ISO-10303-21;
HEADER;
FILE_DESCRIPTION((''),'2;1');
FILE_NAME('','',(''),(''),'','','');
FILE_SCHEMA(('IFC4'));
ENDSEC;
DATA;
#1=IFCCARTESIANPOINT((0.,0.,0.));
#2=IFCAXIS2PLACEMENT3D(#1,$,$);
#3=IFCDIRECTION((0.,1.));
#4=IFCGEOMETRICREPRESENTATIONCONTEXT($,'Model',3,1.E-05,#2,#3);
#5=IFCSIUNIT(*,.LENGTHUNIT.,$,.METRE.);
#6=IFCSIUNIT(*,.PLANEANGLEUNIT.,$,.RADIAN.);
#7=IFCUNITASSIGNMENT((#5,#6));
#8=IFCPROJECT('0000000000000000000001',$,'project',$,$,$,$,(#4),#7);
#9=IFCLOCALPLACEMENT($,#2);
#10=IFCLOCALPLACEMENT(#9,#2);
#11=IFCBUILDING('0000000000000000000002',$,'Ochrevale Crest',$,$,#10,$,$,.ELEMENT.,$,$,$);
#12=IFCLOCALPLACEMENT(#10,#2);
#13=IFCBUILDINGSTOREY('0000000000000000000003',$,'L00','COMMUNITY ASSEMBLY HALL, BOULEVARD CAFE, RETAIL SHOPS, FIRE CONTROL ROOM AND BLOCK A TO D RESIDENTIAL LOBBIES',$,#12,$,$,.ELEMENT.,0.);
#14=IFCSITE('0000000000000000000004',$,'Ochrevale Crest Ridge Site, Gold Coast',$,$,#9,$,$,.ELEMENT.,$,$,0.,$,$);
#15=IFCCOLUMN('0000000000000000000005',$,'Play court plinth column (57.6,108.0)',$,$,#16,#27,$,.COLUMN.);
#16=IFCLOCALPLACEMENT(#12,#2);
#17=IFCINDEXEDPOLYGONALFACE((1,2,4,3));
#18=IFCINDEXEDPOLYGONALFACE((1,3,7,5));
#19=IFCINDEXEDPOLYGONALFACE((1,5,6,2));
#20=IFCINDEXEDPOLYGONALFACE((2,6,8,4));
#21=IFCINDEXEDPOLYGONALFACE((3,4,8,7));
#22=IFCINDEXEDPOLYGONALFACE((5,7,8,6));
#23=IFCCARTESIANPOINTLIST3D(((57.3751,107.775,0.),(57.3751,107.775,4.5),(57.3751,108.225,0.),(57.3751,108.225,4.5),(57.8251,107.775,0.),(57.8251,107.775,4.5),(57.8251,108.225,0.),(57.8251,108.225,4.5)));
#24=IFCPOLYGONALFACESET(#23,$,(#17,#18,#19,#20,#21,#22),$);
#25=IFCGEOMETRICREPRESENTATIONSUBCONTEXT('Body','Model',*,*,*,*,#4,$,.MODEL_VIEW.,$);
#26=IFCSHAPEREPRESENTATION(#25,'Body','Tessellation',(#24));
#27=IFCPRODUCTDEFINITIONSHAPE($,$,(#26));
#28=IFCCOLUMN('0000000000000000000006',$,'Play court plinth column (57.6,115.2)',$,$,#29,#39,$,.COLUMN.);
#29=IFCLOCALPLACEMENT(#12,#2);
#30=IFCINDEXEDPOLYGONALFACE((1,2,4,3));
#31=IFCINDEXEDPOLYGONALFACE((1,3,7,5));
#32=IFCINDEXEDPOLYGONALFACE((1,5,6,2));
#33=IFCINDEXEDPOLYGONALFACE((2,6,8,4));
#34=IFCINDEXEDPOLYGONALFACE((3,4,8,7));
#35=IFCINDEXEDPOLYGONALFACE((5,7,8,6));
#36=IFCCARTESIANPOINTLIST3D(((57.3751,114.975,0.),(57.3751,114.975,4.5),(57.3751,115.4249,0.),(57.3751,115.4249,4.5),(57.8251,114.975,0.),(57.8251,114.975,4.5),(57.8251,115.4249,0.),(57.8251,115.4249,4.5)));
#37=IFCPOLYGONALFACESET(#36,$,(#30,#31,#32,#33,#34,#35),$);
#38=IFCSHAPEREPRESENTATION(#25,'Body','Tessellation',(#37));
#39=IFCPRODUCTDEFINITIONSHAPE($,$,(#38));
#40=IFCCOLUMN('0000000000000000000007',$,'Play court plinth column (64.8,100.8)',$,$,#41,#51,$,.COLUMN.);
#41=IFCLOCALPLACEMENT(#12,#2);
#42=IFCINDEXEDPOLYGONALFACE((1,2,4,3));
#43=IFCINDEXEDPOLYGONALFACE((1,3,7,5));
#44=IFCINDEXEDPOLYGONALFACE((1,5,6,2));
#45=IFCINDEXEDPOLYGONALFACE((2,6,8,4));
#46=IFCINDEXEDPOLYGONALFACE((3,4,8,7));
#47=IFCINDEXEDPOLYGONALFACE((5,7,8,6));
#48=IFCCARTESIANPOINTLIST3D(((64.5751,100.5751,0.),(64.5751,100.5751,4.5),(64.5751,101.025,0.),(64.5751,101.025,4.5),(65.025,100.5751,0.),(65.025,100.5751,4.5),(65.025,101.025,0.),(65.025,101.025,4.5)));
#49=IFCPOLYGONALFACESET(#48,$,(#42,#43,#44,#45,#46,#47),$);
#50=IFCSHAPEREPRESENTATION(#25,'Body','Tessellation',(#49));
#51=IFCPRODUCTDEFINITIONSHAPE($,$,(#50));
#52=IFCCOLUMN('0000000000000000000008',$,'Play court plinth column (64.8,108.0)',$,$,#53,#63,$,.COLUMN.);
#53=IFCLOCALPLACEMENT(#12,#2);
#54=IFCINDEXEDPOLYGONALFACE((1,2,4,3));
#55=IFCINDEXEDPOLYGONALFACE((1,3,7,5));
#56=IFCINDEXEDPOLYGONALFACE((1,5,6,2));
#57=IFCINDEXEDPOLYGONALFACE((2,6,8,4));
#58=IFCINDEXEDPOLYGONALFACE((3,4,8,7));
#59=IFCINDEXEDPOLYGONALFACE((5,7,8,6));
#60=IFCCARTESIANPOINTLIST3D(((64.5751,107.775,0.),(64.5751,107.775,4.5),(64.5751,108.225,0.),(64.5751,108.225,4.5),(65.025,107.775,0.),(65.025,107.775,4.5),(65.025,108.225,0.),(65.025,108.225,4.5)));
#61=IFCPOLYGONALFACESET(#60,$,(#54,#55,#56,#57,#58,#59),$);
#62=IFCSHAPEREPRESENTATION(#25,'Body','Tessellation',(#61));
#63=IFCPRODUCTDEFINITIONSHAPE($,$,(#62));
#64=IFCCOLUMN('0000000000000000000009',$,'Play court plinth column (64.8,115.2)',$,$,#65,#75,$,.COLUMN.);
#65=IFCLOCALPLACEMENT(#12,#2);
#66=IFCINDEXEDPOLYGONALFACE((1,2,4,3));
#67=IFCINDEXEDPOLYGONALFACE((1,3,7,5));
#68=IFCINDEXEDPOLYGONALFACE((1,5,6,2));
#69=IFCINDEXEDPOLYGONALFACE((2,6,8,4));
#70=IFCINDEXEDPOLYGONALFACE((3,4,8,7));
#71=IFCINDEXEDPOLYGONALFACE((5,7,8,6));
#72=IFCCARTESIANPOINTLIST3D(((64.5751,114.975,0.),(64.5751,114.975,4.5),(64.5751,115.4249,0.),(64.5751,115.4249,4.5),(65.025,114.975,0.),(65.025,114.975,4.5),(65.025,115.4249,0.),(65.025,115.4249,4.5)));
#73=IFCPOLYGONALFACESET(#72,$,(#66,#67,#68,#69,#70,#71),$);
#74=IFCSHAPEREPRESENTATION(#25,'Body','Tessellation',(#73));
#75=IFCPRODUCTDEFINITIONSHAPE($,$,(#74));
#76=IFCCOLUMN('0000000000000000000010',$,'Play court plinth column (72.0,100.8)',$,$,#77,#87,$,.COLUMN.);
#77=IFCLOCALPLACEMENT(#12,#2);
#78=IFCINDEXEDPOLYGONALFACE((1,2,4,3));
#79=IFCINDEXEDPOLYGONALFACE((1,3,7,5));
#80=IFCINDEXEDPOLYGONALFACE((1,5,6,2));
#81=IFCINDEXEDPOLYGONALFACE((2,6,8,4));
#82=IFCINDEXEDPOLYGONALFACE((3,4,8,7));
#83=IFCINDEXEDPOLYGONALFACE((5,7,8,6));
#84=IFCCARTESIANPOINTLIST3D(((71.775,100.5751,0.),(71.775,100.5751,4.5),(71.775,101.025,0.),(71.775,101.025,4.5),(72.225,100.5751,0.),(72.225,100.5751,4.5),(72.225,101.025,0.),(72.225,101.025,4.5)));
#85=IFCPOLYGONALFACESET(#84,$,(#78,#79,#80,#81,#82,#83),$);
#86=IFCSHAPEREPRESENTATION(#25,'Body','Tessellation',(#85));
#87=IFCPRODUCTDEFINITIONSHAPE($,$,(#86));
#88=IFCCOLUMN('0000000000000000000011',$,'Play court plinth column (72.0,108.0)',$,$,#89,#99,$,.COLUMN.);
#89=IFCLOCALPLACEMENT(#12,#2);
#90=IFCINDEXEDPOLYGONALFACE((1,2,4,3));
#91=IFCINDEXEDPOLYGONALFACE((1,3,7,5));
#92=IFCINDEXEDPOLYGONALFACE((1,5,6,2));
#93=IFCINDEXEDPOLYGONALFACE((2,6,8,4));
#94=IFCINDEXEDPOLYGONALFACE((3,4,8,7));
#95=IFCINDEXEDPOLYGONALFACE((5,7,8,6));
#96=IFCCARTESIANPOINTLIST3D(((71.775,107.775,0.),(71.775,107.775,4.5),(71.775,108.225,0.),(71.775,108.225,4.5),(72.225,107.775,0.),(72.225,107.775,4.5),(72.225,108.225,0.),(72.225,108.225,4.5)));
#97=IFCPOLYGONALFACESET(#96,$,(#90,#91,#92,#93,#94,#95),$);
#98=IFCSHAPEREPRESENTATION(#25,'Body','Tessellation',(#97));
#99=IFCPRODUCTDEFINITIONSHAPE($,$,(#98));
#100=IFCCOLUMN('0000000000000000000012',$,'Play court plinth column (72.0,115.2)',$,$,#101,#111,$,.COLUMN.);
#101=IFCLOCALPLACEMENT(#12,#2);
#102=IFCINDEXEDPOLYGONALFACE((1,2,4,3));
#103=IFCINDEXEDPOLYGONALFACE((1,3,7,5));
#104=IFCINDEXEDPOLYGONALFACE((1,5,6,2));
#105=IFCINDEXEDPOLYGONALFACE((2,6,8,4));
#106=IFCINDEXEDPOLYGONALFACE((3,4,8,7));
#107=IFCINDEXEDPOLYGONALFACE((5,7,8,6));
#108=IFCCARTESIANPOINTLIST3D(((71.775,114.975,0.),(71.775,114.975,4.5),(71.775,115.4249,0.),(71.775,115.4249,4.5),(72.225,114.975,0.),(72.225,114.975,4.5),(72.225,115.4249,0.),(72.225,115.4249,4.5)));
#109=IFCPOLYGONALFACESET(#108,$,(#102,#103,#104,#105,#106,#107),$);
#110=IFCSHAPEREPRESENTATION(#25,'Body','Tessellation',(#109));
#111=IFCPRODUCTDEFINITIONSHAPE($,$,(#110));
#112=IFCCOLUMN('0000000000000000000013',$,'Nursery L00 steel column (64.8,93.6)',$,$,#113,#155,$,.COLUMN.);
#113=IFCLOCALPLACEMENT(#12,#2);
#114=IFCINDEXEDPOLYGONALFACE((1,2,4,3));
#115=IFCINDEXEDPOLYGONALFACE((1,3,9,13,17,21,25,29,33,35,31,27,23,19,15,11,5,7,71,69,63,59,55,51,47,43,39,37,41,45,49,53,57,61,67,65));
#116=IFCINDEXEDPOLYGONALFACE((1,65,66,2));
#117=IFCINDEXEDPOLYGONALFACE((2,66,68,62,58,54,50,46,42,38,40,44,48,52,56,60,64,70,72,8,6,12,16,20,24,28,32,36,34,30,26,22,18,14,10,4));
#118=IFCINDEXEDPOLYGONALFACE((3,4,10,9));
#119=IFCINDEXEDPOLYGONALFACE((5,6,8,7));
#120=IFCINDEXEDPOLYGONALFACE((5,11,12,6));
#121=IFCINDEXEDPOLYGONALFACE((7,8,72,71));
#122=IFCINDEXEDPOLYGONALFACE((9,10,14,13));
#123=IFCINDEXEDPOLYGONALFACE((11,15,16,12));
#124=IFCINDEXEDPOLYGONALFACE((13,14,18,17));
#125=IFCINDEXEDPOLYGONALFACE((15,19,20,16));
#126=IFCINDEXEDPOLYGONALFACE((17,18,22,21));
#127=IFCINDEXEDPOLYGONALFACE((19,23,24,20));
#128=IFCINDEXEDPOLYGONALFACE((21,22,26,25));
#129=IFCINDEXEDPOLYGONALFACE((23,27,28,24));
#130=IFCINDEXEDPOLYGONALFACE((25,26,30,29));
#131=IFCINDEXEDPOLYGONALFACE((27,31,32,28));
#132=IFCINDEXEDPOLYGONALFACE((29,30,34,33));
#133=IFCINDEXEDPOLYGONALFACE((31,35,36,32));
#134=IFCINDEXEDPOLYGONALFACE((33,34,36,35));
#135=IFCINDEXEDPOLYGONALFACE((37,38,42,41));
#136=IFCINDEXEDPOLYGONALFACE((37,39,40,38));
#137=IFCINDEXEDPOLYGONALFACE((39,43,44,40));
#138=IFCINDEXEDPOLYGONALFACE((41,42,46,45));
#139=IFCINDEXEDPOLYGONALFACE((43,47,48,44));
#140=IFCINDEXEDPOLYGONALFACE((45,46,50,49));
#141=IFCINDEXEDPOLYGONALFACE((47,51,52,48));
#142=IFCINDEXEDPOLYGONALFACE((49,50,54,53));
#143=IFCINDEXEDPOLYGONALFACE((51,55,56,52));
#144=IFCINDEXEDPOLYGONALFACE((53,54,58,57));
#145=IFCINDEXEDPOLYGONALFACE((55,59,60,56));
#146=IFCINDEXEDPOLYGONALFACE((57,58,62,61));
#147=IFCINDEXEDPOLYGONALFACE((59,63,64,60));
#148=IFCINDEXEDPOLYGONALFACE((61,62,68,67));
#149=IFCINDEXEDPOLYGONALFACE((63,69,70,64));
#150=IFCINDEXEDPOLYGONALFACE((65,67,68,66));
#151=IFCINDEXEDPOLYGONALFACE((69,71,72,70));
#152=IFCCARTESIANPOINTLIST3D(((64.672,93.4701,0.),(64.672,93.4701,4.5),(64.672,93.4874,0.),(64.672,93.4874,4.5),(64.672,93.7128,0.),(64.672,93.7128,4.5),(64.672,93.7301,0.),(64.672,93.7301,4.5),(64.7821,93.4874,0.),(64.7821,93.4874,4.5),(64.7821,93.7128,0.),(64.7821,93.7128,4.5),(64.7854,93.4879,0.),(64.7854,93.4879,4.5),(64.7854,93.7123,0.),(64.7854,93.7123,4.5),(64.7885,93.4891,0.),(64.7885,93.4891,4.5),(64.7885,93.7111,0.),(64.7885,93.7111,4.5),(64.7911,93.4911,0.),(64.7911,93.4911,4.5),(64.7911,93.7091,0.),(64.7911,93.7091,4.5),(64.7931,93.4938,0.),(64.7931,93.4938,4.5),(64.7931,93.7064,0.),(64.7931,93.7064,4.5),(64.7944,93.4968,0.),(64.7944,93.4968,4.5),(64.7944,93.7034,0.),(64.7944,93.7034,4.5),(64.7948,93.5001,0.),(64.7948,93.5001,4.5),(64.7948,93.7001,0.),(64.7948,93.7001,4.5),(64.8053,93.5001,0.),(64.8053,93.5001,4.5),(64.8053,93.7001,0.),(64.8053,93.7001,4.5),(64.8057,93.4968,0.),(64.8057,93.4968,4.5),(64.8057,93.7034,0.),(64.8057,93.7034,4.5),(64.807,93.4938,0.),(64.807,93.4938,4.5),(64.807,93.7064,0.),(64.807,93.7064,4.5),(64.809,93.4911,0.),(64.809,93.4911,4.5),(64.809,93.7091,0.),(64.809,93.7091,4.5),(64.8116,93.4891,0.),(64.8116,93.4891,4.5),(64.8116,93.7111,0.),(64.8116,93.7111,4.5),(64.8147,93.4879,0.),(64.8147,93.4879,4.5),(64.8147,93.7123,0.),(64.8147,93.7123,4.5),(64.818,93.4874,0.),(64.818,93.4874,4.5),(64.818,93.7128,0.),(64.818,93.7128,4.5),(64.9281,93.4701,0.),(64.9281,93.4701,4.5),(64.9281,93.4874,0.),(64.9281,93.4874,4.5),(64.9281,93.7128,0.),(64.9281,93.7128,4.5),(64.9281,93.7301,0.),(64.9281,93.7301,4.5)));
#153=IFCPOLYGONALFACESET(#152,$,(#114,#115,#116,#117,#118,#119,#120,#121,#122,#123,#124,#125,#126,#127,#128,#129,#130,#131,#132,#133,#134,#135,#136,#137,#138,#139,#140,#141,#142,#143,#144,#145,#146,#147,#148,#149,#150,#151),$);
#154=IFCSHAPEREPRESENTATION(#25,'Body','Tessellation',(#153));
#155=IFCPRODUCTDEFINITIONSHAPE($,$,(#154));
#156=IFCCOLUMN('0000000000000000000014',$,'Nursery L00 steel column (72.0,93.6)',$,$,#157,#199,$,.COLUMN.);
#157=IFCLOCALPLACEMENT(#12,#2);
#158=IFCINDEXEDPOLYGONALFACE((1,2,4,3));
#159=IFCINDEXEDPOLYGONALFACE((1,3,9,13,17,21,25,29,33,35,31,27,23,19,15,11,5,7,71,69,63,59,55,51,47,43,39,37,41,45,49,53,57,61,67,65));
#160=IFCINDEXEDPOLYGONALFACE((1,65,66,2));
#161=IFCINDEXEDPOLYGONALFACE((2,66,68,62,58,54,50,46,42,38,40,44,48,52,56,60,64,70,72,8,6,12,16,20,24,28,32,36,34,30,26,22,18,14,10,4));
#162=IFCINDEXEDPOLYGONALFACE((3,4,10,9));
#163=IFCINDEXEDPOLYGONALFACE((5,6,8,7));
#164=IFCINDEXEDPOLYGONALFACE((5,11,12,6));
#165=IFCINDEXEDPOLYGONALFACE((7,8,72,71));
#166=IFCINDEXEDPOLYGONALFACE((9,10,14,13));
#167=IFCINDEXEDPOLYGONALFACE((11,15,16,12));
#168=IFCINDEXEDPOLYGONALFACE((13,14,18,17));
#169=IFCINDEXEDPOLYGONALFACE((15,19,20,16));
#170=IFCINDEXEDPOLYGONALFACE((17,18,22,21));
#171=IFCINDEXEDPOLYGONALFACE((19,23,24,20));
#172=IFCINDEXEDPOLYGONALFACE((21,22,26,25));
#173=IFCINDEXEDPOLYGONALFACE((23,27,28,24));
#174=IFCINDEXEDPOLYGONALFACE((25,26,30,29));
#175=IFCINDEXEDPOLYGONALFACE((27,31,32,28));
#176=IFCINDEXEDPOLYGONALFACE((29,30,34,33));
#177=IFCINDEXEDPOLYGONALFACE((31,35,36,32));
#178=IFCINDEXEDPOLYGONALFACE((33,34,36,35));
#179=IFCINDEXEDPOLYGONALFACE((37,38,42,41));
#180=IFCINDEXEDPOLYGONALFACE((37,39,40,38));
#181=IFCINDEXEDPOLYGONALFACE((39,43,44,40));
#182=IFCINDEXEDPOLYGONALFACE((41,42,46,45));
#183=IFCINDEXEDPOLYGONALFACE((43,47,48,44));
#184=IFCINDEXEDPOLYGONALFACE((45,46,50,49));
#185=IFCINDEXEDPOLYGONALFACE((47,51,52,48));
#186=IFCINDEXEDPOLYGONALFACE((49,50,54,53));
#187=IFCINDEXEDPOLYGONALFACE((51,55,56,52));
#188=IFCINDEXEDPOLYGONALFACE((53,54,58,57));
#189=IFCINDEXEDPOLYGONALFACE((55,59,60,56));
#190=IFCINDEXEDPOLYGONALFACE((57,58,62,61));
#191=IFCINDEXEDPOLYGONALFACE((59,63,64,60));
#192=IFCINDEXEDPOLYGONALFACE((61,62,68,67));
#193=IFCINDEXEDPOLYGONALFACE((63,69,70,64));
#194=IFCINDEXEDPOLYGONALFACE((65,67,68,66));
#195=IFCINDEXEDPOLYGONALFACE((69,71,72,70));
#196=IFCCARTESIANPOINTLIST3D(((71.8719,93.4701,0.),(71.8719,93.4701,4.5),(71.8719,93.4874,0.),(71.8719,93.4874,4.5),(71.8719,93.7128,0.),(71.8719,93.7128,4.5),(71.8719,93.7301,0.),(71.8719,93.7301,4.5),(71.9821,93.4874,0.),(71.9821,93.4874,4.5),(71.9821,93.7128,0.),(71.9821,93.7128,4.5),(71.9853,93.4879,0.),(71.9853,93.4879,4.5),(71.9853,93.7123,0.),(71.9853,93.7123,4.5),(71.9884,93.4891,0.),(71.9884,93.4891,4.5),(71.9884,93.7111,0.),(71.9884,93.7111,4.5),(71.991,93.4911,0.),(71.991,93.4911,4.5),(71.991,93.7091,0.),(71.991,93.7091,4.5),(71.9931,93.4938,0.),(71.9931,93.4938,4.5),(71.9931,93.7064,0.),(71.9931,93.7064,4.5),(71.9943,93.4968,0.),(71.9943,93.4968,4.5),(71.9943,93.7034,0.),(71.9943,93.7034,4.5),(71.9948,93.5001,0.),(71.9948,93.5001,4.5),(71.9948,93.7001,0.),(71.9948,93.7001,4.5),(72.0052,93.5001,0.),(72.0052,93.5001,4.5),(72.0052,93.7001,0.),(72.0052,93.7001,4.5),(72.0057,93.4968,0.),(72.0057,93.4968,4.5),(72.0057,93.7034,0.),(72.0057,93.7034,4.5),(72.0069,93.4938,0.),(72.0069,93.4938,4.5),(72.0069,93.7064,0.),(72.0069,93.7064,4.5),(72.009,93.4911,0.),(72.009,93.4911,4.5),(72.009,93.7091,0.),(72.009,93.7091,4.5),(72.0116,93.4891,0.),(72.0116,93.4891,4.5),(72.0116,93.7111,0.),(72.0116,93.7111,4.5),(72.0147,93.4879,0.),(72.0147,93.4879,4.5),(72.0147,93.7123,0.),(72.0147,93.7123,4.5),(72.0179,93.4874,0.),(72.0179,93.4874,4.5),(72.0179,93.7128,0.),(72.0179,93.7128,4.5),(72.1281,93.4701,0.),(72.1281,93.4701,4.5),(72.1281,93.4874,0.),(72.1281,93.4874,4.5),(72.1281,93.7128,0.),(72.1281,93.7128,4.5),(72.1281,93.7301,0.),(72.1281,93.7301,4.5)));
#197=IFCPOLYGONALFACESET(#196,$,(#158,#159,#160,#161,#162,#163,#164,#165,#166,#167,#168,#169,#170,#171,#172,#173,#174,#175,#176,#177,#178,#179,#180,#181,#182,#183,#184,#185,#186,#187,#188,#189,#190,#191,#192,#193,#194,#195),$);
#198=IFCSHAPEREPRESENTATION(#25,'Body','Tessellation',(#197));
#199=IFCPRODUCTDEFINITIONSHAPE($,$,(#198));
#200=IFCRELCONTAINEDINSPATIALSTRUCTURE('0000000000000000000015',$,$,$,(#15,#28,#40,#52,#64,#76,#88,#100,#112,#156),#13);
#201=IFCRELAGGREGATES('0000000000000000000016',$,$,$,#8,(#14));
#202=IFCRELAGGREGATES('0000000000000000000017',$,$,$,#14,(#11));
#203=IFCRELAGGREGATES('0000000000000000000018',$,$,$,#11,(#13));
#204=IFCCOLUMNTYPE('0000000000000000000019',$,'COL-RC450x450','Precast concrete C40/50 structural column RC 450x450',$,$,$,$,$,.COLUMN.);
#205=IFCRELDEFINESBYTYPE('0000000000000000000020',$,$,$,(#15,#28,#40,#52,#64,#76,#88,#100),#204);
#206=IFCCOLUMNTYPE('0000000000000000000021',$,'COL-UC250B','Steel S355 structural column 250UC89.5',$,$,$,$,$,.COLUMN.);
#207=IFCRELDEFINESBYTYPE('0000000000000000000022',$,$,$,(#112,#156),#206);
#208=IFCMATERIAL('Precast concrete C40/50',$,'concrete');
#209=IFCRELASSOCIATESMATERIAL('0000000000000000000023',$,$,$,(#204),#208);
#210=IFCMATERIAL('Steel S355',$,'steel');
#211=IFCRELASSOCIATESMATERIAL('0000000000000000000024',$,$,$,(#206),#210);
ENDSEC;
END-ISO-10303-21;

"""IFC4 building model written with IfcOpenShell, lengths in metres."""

from ifc_helpers import new_model, si_unit, direction, frame, origin, origin_2d, place, context, subcontext, project, spatial, rectangle, i_section, extrude, material, material_profile, profile_set, type_object, element, save


model = new_model("IFC4")

# Units and contexts
model_context = context("Model", 3, precision=1e-05, world=origin(), true_north=direction((0.0, 1.0)))
body_context = subcontext(model_context, "Body", "Model", "MODEL_VIEW")
ifc_project = project(units=[si_unit("LENGTHUNIT", "METRE"), si_unit("PLANEANGLEUNIT", "RADIAN")], contexts=[model_context])

# Site, building, storey
site_placement = place(None, origin())
site = spatial("IfcSite", under=ifc_project, at=site_placement, Name="Ochrevale Crest Ridge Site, Gold Coast", CompositionType="ELEMENT", RefElevation=0.0)
building_placement = place(site_placement, origin())
building = spatial("IfcBuilding", under=site, at=building_placement, Name="Ochrevale Crest", CompositionType="ELEMENT")
storey_placement = place(building_placement, origin())
storey = spatial("IfcBuildingStorey", under=building, at=storey_placement, Name="L00", Description="COMMUNITY ASSEMBLY HALL, BOULEVARD CAFE, RETAIL SHOPS, FIRE CONTROL ROOM AND BLOCK A TO D RESIDENTIAL LOBBIES", CompositionType="ELEMENT", Elevation=0.0)

# Columns
ifc_material_1 = material(Name="Precast concrete C40/50", Category="concrete")
ifc_material_profile_1 = material_profile(ifc_material_1, rectangle(XDim=0.45, YDim=0.45, at=origin_2d()), Name="RC 450x450")
ifc_profile_set_1 = profile_set([ifc_material_profile_1], Name="Precast concrete C40/50")
column_type_1 = type_object("IfcColumnType", Name="COL-RC450x450", Description="Precast concrete C40/50 structural column RC 450x450", PredefinedType="COLUMN", material=ifc_profile_set_1)
for number, where, z_axis, x_axis, name in (
    (1, (57.6001, 108.0, 0.0), (0.0, 0.0, 1.0), (1.0, 0.0, 0.0), "Play court plinth column (57.6,108.0)"),
    (2, (57.6001, 115.2, 0.0), (0.0, 0.0, 1.0), (1.0, 0.0, 0.0), "Play court plinth column (57.6,115.2)"),
    (3, (64.8, 100.8, 0.0), (0.0, 0.0, 1.0), (1.0, 0.0, 0.0), "Play court plinth column (64.8,100.8)"),
    (4, (64.8, 108.0, 0.0), (0.0, 0.0, 1.0), (1.0, 0.0, 0.0), "Play court plinth column (64.8,108.0)"),
    (5, (64.8, 115.2, 0.0), (0.0, 0.0, 1.0), (1.0, 0.0, 0.0), "Play court plinth column (64.8,115.2)"),
    (6, (72.0, 100.8, 0.0), (0.0, 0.0, 1.0), (1.0, 0.0, 0.0), "Play court plinth column (72.0,100.8)"),
    (7, (72.0, 108.0, 0.0), (0.0, 0.0, 1.0), (1.0, 0.0, 0.0), "Play court plinth column (72.0,108.0)"),
    (8, (72.0, 115.2, 0.0), (0.0, 0.0, 1.0), (1.0, 0.0, 0.0), "Play court plinth column (72.0,115.2)"),
):
    element("IfcColumn", number, at=place(storey_placement, frame(where, z_axis=z_axis, x_axis=x_axis)), inside=storey, type_object=column_type_1, Name=name, PredefinedType="COLUMN", context=body_context, shape_type="SweptSolid", body=[
        extrude(rectangle(XDim=0.45, YDim=0.45, at=origin_2d()), origin(), (0.0, 0.0, 1.0), 4.5),
    ])
ifc_material_2 = material(Name="Steel S355", Category="steel")
ifc_material_profile_2 = material_profile(ifc_material_2, i_section(OverallWidth=0.2561, OverallDepth=0.26, WebThickness=0.0105, FlangeThickness=0.0173, FilletRadius=0.0127, at=origin_2d()), Name="250UC89.5")
ifc_profile_set_2 = profile_set([ifc_material_profile_2], Name="Steel S355")
column_type_2 = type_object("IfcColumnType", Name="COL-UC250B", Description="Steel S355 structural column 250UC89.5", PredefinedType="COLUMN", material=ifc_profile_set_2)
for number, where, z_axis, x_axis, name in (
    (9, (64.8, 93.6001, 0.0), (0.0, 0.0, 1.0), (1.0, 0.0, 0.0), "Nursery L00 steel column (64.8,93.6)"),
    (10, (72.0, 93.6001, 0.0), (0.0, 0.0, 1.0), (1.0, 0.0, 0.0), "Nursery L00 steel column (72.0,93.6)"),
):
    element("IfcColumn", number, at=place(storey_placement, frame(where, z_axis=z_axis, x_axis=x_axis)), inside=storey, type_object=column_type_2, Name=name, PredefinedType="COLUMN", context=body_context, shape_type="SweptSolid", body=[
        extrude(i_section(OverallWidth=0.2561, OverallDepth=0.26, WebThickness=0.0105, FlangeThickness=0.0173, FilletRadius=0.0127, at=origin_2d()), origin(), (0.0, 0.0, 1.0), 4.5),
    ])

save(model, "model.ifc")
